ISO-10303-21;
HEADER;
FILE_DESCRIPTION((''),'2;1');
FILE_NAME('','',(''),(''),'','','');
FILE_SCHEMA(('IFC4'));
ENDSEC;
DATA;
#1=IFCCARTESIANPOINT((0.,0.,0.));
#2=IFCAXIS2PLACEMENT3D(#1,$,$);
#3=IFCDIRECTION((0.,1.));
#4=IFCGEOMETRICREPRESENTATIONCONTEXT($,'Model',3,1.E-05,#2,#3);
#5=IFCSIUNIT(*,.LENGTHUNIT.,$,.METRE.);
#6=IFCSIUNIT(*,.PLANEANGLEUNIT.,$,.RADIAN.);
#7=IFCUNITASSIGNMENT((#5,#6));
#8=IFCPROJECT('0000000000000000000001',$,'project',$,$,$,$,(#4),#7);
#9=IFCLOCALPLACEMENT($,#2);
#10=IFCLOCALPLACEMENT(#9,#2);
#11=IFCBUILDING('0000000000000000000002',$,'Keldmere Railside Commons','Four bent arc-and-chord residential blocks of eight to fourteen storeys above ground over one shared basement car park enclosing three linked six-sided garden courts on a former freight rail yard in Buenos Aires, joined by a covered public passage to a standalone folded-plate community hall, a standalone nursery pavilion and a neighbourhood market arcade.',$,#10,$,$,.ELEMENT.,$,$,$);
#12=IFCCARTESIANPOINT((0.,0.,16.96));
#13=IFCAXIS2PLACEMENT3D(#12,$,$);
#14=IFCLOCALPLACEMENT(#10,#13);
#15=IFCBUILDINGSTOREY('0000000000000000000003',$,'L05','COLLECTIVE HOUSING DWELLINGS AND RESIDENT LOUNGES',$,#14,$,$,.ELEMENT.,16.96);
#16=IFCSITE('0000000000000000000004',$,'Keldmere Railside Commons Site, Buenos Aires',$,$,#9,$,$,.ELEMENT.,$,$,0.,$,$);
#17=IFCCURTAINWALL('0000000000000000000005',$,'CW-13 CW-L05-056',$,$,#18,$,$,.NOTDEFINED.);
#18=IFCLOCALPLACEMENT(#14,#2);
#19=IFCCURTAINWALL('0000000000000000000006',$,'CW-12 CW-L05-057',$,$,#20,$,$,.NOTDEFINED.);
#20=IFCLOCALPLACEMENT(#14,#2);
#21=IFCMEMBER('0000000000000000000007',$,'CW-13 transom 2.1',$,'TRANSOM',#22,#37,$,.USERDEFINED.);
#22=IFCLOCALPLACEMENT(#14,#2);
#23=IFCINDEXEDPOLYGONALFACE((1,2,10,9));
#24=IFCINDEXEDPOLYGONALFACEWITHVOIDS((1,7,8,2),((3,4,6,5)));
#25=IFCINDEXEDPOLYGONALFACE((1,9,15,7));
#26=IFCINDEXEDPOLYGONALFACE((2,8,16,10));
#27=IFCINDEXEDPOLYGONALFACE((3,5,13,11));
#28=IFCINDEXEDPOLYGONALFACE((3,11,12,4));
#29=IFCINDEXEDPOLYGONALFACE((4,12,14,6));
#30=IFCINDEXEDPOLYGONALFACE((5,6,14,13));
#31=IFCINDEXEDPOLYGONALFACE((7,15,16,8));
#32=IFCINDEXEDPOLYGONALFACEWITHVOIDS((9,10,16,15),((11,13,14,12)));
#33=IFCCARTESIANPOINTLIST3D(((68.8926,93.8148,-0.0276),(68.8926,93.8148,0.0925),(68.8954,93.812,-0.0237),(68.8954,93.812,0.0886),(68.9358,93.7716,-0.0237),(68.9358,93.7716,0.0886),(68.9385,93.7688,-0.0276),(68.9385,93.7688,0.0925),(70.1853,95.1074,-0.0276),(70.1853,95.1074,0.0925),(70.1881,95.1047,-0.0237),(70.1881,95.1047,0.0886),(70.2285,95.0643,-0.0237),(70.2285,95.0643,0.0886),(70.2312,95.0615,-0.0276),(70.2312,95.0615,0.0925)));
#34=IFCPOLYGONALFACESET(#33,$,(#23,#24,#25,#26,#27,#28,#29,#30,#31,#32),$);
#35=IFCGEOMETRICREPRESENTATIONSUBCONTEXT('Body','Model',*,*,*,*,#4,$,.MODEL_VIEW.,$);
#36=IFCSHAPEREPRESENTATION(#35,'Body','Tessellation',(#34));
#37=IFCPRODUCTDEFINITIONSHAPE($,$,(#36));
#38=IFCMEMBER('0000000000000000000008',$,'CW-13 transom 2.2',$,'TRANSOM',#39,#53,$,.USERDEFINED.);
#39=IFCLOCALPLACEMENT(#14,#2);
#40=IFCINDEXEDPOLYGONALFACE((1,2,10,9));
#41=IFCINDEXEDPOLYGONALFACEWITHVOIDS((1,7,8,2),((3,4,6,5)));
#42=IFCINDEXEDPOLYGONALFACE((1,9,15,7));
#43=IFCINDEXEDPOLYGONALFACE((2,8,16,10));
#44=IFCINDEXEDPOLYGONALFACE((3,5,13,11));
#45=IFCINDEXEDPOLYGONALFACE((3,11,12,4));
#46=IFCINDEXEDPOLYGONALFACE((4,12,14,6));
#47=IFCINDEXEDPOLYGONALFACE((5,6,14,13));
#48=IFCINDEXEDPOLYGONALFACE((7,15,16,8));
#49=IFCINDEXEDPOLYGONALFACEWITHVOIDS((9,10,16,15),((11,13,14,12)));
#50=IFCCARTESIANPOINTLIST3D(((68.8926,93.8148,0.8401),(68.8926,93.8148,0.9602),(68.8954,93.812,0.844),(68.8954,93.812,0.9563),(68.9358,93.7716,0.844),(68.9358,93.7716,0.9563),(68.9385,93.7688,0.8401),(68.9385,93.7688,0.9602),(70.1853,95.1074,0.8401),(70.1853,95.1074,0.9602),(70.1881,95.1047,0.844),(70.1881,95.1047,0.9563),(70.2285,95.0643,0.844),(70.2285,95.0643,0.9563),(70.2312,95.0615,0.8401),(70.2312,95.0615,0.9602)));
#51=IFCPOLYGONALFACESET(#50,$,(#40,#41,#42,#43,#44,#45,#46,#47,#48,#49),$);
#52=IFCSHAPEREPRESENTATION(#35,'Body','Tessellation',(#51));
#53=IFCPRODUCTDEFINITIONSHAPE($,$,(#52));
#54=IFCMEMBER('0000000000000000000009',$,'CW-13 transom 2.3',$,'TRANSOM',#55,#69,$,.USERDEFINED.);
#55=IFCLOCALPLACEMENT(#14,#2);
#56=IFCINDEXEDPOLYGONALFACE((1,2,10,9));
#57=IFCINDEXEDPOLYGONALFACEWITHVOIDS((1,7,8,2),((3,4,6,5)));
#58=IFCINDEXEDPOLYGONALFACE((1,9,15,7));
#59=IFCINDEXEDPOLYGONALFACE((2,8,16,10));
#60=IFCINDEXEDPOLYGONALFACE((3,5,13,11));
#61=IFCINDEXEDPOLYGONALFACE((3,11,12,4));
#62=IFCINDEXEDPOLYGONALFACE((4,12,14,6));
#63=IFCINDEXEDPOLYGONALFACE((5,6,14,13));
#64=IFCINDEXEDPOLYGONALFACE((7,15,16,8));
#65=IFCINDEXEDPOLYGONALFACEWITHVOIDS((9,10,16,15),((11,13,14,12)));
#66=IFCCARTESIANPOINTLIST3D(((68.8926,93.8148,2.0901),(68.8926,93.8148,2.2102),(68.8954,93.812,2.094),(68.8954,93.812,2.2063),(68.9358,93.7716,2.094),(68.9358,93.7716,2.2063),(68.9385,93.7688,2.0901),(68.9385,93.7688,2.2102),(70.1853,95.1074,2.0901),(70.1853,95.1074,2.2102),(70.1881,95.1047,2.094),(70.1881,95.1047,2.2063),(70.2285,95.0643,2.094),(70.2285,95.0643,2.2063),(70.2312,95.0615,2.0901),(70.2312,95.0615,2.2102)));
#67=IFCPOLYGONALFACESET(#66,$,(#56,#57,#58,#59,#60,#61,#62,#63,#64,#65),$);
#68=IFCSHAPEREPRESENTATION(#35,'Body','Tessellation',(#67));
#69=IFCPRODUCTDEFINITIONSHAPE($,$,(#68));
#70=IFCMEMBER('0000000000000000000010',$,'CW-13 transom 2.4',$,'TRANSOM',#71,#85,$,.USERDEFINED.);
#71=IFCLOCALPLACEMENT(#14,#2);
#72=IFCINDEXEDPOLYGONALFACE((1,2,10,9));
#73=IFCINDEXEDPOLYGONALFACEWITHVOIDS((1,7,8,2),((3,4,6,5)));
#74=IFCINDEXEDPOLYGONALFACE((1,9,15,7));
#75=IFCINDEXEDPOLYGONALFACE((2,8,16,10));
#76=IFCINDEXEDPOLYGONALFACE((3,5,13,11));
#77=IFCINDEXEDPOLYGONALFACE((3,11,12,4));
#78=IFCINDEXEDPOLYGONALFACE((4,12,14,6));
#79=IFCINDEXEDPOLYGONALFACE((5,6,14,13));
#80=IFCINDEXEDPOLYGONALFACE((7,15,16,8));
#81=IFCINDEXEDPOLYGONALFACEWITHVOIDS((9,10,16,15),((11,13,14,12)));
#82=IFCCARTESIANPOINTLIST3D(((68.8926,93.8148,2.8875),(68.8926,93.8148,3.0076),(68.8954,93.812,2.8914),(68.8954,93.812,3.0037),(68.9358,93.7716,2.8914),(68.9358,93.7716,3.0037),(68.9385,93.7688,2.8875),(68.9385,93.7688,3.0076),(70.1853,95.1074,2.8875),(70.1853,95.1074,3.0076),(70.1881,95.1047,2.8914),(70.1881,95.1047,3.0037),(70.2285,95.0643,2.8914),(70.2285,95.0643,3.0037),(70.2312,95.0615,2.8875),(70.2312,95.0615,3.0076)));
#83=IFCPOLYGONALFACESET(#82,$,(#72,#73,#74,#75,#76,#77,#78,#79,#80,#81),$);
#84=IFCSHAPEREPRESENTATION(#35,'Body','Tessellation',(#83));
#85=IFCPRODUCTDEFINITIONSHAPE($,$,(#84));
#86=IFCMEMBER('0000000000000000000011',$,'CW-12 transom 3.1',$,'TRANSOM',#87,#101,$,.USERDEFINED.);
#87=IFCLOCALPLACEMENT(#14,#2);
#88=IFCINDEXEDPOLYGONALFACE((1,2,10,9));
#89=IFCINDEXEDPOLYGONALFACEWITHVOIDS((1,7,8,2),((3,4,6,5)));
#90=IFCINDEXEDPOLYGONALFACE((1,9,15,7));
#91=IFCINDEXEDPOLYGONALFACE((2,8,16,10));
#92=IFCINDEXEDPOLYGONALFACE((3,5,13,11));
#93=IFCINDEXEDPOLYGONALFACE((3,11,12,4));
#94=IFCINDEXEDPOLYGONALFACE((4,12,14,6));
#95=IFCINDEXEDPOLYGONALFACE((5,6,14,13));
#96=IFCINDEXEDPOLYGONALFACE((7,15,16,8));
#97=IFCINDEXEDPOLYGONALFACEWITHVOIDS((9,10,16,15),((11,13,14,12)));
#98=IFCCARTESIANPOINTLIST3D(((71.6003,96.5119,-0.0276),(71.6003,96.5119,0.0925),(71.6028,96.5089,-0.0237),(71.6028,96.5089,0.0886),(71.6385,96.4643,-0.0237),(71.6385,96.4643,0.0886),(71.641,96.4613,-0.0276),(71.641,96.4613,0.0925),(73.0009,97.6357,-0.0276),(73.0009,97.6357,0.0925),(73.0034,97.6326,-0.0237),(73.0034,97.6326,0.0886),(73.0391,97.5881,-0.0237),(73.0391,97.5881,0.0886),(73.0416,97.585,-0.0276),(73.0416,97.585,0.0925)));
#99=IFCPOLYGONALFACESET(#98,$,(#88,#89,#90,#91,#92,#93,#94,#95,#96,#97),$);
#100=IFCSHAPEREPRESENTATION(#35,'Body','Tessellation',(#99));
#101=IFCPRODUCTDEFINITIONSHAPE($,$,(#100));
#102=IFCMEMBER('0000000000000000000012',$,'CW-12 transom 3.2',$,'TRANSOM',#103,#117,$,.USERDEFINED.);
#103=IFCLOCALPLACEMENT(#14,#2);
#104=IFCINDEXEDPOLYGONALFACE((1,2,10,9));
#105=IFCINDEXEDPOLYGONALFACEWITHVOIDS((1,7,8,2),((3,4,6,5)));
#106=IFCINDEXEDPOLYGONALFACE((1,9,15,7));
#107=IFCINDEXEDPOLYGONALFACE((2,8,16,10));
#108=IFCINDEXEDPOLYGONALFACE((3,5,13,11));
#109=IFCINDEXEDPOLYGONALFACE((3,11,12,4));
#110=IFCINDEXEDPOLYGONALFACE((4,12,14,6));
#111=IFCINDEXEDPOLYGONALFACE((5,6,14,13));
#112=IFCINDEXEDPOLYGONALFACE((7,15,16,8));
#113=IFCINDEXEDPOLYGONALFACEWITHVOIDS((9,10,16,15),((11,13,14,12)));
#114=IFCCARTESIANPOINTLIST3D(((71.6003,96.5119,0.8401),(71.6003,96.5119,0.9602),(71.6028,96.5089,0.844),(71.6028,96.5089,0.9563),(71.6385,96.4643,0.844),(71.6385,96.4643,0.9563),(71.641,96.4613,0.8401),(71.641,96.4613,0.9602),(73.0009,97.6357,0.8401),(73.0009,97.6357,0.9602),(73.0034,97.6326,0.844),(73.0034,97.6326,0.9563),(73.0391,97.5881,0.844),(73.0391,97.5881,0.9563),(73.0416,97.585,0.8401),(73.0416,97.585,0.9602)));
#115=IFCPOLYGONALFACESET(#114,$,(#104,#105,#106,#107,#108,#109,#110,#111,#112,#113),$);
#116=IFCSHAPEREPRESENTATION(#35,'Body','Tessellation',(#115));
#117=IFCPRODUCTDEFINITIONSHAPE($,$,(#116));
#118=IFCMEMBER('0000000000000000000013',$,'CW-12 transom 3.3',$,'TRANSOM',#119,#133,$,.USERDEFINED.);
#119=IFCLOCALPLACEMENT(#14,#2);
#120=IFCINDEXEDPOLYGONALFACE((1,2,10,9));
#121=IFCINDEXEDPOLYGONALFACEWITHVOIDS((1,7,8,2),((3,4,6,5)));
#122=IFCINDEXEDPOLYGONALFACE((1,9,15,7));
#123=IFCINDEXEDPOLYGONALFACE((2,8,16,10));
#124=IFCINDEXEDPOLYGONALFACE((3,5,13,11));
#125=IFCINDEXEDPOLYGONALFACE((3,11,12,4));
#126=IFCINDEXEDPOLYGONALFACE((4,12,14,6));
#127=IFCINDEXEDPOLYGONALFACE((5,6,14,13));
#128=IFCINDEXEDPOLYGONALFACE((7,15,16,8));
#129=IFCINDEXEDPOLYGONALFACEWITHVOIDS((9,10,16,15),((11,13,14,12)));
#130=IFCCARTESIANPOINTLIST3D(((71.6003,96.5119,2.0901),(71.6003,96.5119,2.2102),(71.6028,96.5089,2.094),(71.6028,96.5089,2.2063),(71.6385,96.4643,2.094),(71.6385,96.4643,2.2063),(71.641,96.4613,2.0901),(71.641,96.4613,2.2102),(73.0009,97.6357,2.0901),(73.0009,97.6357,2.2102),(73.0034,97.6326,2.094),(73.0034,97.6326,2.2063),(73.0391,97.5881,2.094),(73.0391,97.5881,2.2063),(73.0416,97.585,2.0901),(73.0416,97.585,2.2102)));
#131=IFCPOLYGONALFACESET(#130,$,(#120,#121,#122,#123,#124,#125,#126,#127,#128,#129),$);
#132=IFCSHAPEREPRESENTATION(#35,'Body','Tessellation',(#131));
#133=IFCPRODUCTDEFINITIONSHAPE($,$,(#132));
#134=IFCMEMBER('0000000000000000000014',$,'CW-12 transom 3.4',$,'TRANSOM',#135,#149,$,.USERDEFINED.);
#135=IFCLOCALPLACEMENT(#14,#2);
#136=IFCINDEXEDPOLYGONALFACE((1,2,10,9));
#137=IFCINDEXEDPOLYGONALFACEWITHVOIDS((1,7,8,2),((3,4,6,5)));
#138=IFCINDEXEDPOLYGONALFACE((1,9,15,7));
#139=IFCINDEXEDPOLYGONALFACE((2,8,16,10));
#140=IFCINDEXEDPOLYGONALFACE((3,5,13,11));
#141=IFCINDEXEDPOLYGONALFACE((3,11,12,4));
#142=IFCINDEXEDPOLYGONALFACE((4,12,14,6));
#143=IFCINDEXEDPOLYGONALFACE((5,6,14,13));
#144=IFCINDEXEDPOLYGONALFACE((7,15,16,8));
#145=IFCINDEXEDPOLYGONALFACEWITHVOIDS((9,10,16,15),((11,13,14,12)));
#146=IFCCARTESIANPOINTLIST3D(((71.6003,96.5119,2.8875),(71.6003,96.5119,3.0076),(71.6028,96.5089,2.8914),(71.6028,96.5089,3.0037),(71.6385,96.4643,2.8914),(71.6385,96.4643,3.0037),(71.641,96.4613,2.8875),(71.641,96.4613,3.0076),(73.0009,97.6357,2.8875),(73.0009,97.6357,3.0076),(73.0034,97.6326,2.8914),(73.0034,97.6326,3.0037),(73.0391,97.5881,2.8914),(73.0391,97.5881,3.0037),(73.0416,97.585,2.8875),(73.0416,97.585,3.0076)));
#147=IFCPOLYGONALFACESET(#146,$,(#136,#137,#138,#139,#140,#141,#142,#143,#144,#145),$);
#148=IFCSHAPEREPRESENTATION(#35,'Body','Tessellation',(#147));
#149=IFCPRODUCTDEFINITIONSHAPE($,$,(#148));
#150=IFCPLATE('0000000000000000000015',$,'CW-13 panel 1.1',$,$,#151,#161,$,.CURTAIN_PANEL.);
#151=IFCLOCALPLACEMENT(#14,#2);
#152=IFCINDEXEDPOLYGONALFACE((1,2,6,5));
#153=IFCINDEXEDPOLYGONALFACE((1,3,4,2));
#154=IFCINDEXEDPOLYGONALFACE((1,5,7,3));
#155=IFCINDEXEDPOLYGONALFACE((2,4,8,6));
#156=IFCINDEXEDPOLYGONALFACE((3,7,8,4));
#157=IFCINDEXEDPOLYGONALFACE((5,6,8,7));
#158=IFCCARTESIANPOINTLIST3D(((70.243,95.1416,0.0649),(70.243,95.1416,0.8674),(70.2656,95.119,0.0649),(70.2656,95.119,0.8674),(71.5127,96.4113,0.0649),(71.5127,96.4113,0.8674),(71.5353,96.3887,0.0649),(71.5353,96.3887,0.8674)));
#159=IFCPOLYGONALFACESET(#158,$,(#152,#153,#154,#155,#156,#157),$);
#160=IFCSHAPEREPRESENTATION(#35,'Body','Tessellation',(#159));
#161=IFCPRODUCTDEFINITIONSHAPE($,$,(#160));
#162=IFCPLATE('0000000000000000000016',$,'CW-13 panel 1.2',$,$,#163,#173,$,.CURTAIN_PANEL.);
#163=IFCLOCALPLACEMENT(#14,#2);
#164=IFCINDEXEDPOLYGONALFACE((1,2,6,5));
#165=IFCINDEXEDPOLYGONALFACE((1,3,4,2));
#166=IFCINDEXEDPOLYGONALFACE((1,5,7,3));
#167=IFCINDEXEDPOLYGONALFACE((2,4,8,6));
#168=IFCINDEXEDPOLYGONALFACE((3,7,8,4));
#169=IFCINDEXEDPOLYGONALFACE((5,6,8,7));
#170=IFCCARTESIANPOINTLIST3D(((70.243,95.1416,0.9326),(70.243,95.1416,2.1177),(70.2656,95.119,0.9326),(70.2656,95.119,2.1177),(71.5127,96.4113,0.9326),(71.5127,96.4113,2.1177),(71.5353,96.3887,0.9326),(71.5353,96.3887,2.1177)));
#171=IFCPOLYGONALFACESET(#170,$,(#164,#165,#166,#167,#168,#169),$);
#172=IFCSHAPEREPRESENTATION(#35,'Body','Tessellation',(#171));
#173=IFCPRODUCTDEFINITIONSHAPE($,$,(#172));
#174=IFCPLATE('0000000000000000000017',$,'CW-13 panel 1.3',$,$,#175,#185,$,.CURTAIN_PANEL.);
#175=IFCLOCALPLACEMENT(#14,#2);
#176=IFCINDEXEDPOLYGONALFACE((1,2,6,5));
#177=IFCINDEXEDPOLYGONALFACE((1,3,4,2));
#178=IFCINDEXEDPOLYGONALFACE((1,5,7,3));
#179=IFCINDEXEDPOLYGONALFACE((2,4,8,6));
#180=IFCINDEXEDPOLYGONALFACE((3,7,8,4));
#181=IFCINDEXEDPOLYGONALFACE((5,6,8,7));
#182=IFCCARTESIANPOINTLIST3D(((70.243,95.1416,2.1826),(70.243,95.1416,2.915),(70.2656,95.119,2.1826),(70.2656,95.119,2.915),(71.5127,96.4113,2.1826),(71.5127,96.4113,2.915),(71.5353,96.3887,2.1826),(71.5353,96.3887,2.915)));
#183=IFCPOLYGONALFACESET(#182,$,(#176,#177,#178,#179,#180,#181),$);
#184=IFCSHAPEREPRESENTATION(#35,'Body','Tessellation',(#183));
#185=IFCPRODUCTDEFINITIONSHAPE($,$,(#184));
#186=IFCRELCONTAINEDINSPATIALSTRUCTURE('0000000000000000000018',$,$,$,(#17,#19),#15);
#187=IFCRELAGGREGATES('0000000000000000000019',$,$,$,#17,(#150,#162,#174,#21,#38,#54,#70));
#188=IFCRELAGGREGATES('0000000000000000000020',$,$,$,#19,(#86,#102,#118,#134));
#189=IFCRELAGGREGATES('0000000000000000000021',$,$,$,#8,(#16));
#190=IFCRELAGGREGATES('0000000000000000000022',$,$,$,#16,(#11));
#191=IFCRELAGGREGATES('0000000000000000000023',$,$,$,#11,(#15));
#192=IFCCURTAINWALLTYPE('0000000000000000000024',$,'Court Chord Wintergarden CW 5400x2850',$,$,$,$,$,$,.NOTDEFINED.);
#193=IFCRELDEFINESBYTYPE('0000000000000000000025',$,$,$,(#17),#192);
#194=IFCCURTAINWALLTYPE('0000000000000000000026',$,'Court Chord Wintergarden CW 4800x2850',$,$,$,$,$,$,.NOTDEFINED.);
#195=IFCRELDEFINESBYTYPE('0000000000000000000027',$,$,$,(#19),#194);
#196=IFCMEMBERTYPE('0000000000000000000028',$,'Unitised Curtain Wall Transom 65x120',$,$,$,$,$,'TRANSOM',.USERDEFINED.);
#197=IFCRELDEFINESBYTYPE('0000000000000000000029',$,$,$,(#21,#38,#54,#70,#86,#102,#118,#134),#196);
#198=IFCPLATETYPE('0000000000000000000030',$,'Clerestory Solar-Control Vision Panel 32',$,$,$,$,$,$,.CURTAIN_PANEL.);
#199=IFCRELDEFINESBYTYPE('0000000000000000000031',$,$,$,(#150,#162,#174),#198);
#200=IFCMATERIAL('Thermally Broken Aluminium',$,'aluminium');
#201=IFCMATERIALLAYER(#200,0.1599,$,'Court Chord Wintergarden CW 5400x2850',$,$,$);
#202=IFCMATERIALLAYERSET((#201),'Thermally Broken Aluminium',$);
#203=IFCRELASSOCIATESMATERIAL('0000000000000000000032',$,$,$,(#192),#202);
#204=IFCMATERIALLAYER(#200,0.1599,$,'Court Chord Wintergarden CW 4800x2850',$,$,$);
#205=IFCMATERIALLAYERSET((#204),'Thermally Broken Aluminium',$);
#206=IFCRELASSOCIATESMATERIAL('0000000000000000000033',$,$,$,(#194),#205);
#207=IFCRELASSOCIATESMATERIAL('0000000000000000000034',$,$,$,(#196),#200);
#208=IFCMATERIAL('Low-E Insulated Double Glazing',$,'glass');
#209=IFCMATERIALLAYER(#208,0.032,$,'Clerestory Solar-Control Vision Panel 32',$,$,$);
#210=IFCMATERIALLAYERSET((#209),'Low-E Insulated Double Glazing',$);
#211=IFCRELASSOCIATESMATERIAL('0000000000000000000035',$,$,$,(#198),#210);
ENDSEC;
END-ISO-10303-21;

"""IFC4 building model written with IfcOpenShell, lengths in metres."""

from ifc_helpers import new_model, si_unit, direction, frame, origin, origin_2d, place, context, subcontext, project, spatial, rectangle, hollow_rectangle, extrude, material, layer, layer_set, material_profile, profile_set, type_object, element, aggregate, save


model = new_model("IFC4")

# Units and contexts
model_context = context("Model", 3, precision=1e-05, world=origin(), true_north=direction((0.0, 1.0)))
body_context = subcontext(model_context, "Body", "Model", "MODEL_VIEW")
ifc_project = project(units=[si_unit("LENGTHUNIT", "METRE"), si_unit("PLANEANGLEUNIT", "RADIAN")], contexts=[model_context])

# Site, building, storey
site_placement = place(None, origin())
site = spatial("IfcSite", under=ifc_project, at=site_placement, Name="Keldmere Railside Commons Site, Buenos Aires", CompositionType="ELEMENT", RefElevation=0.0)
building_placement = place(site_placement, origin())
building = spatial("IfcBuilding", under=site, at=building_placement, Name="Keldmere Railside Commons", Description="Four bent arc-and-chord residential blocks of eight to fourteen storeys above ground over one shared basement car park enclosing three linked six-sided garden courts on a former freight rail yard in Buenos Aires, joined by a covered public passage to a standalone folded-plate community hall, a standalone nursery pavilion and a neighbourhood market arcade.", CompositionType="ELEMENT")
storey_placement = place(building_placement, frame((0.0, 0.0, 16.96)))
storey = spatial("IfcBuildingStorey", under=building, at=storey_placement, Name="L05", Description="COLLECTIVE HOUSING DWELLINGS AND RESIDENT LOUNGES", CompositionType="ELEMENT", Elevation=16.96)

# Curtain walls
ifc_material_1 = material(Name="Thermally Broken Aluminium", Category="aluminium")
ifc_layer_1 = layer(ifc_material_1, 0.1599, Name="Court Chord Wintergarden CW 5400x2850")
ifc_layer_set_1 = layer_set([ifc_layer_1], Name="Thermally Broken Aluminium")
curtain_wall_type_1 = type_object("IfcCurtainWallType", Name="Court Chord Wintergarden CW 5400x2850", PredefinedType="NOTDEFINED", material=ifc_layer_set_1)
curtain_wall_1_placement = place(storey_placement, origin())
curtain_wall_1 = element("IfcCurtainWall", 1, at=curtain_wall_1_placement, inside=storey, type_object=curtain_wall_type_1, Name="CW-13 CW-L05-056", PredefinedType="NOTDEFINED")
ifc_layer_2 = layer(ifc_material_1, 0.1599, Name="Court Chord Wintergarden CW 4800x2850")
ifc_layer_set_2 = layer_set([ifc_layer_2], Name="Thermally Broken Aluminium")
curtain_wall_type_2 = type_object("IfcCurtainWallType", Name="Court Chord Wintergarden CW 4800x2850", PredefinedType="NOTDEFINED", material=ifc_layer_set_2)
curtain_wall_2_placement = place(storey_placement, origin())
curtain_wall_2 = element("IfcCurtainWall", 2, at=curtain_wall_2_placement, inside=storey, type_object=curtain_wall_type_2, Name="CW-12 CW-L05-057", PredefinedType="NOTDEFINED")

# Members
ifc_material_profile_1 = material_profile(ifc_material_1, hollow_rectangle(XDim=0.0649, YDim=0.1201, WallThickness=0.0039, at=origin_2d()), Name="ALU-TRAN-65x120")
ifc_profile_set_1 = profile_set([ifc_material_profile_1], Name="Thermally Broken Aluminium")
member_type_1 = type_object("IfcMemberType", Name="Unitised Curtain Wall Transom 65x120", ElementType="TRANSOM", PredefinedType="USERDEFINED", material=ifc_profile_set_1)
member_1_placement = place(storey_placement, frame((70.2083, 95.0845, 0.0325), z_axis=(-0.707107, -0.707107, 0.0), x_axis=(0.707107, -0.707107, 0.0)))
member_1 = element("IfcMember", 3, at=member_1_placement, type_object=member_type_1, Name="CW-13 transom 2.1", ObjectType="TRANSOM", PredefinedType="USERDEFINED", context=body_context, shape_type="SweptSolid", body=[
    extrude(hollow_rectangle(XDim=0.0649, YDim=0.1201, WallThickness=0.0039, at=origin_2d()), origin(), (0.0, 0.0, 1.0), 1.8281),
])
member_2_placement = place(storey_placement, frame((70.2083, 95.0845, 0.9001), z_axis=(-0.707107, -0.707107, 0.0), x_axis=(0.707107, -0.707107, 0.0)))
member_2 = element("IfcMember", 4, at=member_2_placement, type_object=member_type_1, Name="CW-13 transom 2.2", ObjectType="TRANSOM", PredefinedType="USERDEFINED", context=body_context, shape_type="SweptSolid", body=[
    extrude(hollow_rectangle(XDim=0.0649, YDim=0.1201, WallThickness=0.0039, at=origin_2d()), origin(), (0.0, 0.0, 1.0), 1.8281),
])
member_3_placement = place(storey_placement, frame((70.2083, 95.0845, 2.1501), z_axis=(-0.707107, -0.707107, 0.0), x_axis=(0.707107, -0.707107, 0.0)))
member_3 = element("IfcMember", 5, at=member_3_placement, type_object=member_type_1, Name="CW-13 transom 2.3", ObjectType="TRANSOM", PredefinedType="USERDEFINED", context=body_context, shape_type="SweptSolid", body=[
    extrude(hollow_rectangle(XDim=0.0649, YDim=0.1201, WallThickness=0.0039, at=origin_2d()), origin(), (0.0, 0.0, 1.0), 1.8281),
])
member_4_placement = place(storey_placement, frame((70.2083, 95.0845, 2.9475), z_axis=(-0.707107, -0.707107, 0.0), x_axis=(0.707107, -0.707107, 0.0)))
member_4 = element("IfcMember", 6, at=member_4_placement, type_object=member_type_1, Name="CW-13 transom 2.4", ObjectType="TRANSOM", PredefinedType="USERDEFINED", context=body_context, shape_type="SweptSolid", body=[
    extrude(hollow_rectangle(XDim=0.0649, YDim=0.1201, WallThickness=0.0039, at=origin_2d()), origin(), (0.0, 0.0, 1.0), 1.8281),
])
member_5_placement = place(storey_placement, frame((73.0212, 97.6104, 0.0325), z_axis=(-0.779979, -0.625805, 0.0), x_axis=(0.625805, -0.779979, 0.0)))
member_5 = element("IfcMember", 7, at=member_5_placement, type_object=member_type_1, Name="CW-12 transom 3.1", ObjectType="TRANSOM", PredefinedType="USERDEFINED", context=body_context, shape_type="SweptSolid", body=[
    extrude(hollow_rectangle(XDim=0.0649, YDim=0.1201, WallThickness=0.0039, at=origin_2d()), origin(), (0.0, 0.0, 1.0), 1.7957),
])
member_6_placement = place(storey_placement, frame((73.0212, 97.6104, 0.9001), z_axis=(-0.779979, -0.625805, 0.0), x_axis=(0.625805, -0.779979, 0.0)))
member_6 = element("IfcMember", 8, at=member_6_placement, type_object=member_type_1, Name="CW-12 transom 3.2", ObjectType="TRANSOM", PredefinedType="USERDEFINED", context=body_context, shape_type="SweptSolid", body=[
    extrude(hollow_rectangle(XDim=0.0649, YDim=0.1201, WallThickness=0.0039, at=origin_2d()), origin(), (0.0, 0.0, 1.0), 1.7957),
])
member_7_placement = place(storey_placement, frame((73.0212, 97.6104, 2.1501), z_axis=(-0.779979, -0.625805, 0.0), x_axis=(0.625805, -0.779979, 0.0)))
member_7 = element("IfcMember", 9, at=member_7_placement, type_object=member_type_1, Name="CW-12 transom 3.3", ObjectType="TRANSOM", PredefinedType="USERDEFINED", context=body_context, shape_type="SweptSolid", body=[
    extrude(hollow_rectangle(XDim=0.0649, YDim=0.1201, WallThickness=0.0039, at=origin_2d()), origin(), (0.0, 0.0, 1.0), 1.7957),
])
member_8_placement = place(storey_placement, frame((73.0212, 97.6104, 2.9475), z_axis=(-0.779979, -0.625805, 0.0), x_axis=(0.625805, -0.779979, 0.0)))
member_8 = element("IfcMember", 10, at=member_8_placement, type_object=member_type_1, Name="CW-12 transom 3.4", ObjectType="TRANSOM", PredefinedType="USERDEFINED", context=body_context, shape_type="SweptSolid", body=[
    extrude(hollow_rectangle(XDim=0.0649, YDim=0.1201, WallThickness=0.0039, at=origin_2d()), origin(), (0.0, 0.0, 1.0), 1.7957),
])

# Plates
ifc_material_2 = material(Name="Low-E Insulated Double Glazing", Category="glass")
ifc_layer_3 = layer(ifc_material_2, 0.032, Name="Clerestory Solar-Control Vision Panel 32")
ifc_layer_set_3 = layer_set([ifc_layer_3], Name="Low-E Insulated Double Glazing")
plate_type_1 = type_object("IfcPlateType", Name="Clerestory Solar-Control Vision Panel 32", PredefinedType="CURTAIN_PANEL", material=ifc_layer_set_3)
plate_1_placement = place(storey_placement, frame((70.8892, 95.7651, 0.0649), z_axis=(0.0, 0.0, 1.0), x_axis=(-0.707107, -0.707107, 0.0)))
plate_1 = element("IfcPlate", 11, at=plate_1_placement, type_object=plate_type_1, Name="CW-13 panel 1.1", PredefinedType="CURTAIN_PANEL", context=body_context, shape_type="SweptSolid", body=[
    extrude(rectangle(XDim=1.7957, YDim=0.032, at=origin_2d()), origin(), (0.0, 0.0, 1.0), 0.8025),
])
plate_2_placement = place(storey_placement, frame((70.8892, 95.7651, 0.9326), z_axis=(0.0, 0.0, 1.0), x_axis=(-0.707107, -0.707107, 0.0)))
plate_2 = element("IfcPlate", 12, at=plate_2_placement, type_object=plate_type_1, Name="CW-13 panel 1.2", PredefinedType="CURTAIN_PANEL", context=body_context, shape_type="SweptSolid", body=[
    extrude(rectangle(XDim=1.7957, YDim=0.032, at=origin_2d()), origin(), (0.0, 0.0, 1.0), 1.1851),
])
plate_3_placement = place(storey_placement, frame((70.8892, 95.7651, 2.1826), z_axis=(0.0, 0.0, 1.0), x_axis=(-0.707107, -0.707107, 0.0)))
plate_3 = element("IfcPlate", 13, at=plate_3_placement, type_object=plate_type_1, Name="CW-13 panel 1.3", PredefinedType="CURTAIN_PANEL", context=body_context, shape_type="SweptSolid", body=[
    extrude(rectangle(XDim=1.7957, YDim=0.032, at=origin_2d()), origin(), (0.0, 0.0, 1.0), 0.7324),
])
aggregate(curtain_wall_1, [plate_1, plate_2, plate_3, member_1, member_2, member_3, member_4])
aggregate(curtain_wall_2, [member_5, member_6, member_7, member_8])

save(model, "model.ifc")
